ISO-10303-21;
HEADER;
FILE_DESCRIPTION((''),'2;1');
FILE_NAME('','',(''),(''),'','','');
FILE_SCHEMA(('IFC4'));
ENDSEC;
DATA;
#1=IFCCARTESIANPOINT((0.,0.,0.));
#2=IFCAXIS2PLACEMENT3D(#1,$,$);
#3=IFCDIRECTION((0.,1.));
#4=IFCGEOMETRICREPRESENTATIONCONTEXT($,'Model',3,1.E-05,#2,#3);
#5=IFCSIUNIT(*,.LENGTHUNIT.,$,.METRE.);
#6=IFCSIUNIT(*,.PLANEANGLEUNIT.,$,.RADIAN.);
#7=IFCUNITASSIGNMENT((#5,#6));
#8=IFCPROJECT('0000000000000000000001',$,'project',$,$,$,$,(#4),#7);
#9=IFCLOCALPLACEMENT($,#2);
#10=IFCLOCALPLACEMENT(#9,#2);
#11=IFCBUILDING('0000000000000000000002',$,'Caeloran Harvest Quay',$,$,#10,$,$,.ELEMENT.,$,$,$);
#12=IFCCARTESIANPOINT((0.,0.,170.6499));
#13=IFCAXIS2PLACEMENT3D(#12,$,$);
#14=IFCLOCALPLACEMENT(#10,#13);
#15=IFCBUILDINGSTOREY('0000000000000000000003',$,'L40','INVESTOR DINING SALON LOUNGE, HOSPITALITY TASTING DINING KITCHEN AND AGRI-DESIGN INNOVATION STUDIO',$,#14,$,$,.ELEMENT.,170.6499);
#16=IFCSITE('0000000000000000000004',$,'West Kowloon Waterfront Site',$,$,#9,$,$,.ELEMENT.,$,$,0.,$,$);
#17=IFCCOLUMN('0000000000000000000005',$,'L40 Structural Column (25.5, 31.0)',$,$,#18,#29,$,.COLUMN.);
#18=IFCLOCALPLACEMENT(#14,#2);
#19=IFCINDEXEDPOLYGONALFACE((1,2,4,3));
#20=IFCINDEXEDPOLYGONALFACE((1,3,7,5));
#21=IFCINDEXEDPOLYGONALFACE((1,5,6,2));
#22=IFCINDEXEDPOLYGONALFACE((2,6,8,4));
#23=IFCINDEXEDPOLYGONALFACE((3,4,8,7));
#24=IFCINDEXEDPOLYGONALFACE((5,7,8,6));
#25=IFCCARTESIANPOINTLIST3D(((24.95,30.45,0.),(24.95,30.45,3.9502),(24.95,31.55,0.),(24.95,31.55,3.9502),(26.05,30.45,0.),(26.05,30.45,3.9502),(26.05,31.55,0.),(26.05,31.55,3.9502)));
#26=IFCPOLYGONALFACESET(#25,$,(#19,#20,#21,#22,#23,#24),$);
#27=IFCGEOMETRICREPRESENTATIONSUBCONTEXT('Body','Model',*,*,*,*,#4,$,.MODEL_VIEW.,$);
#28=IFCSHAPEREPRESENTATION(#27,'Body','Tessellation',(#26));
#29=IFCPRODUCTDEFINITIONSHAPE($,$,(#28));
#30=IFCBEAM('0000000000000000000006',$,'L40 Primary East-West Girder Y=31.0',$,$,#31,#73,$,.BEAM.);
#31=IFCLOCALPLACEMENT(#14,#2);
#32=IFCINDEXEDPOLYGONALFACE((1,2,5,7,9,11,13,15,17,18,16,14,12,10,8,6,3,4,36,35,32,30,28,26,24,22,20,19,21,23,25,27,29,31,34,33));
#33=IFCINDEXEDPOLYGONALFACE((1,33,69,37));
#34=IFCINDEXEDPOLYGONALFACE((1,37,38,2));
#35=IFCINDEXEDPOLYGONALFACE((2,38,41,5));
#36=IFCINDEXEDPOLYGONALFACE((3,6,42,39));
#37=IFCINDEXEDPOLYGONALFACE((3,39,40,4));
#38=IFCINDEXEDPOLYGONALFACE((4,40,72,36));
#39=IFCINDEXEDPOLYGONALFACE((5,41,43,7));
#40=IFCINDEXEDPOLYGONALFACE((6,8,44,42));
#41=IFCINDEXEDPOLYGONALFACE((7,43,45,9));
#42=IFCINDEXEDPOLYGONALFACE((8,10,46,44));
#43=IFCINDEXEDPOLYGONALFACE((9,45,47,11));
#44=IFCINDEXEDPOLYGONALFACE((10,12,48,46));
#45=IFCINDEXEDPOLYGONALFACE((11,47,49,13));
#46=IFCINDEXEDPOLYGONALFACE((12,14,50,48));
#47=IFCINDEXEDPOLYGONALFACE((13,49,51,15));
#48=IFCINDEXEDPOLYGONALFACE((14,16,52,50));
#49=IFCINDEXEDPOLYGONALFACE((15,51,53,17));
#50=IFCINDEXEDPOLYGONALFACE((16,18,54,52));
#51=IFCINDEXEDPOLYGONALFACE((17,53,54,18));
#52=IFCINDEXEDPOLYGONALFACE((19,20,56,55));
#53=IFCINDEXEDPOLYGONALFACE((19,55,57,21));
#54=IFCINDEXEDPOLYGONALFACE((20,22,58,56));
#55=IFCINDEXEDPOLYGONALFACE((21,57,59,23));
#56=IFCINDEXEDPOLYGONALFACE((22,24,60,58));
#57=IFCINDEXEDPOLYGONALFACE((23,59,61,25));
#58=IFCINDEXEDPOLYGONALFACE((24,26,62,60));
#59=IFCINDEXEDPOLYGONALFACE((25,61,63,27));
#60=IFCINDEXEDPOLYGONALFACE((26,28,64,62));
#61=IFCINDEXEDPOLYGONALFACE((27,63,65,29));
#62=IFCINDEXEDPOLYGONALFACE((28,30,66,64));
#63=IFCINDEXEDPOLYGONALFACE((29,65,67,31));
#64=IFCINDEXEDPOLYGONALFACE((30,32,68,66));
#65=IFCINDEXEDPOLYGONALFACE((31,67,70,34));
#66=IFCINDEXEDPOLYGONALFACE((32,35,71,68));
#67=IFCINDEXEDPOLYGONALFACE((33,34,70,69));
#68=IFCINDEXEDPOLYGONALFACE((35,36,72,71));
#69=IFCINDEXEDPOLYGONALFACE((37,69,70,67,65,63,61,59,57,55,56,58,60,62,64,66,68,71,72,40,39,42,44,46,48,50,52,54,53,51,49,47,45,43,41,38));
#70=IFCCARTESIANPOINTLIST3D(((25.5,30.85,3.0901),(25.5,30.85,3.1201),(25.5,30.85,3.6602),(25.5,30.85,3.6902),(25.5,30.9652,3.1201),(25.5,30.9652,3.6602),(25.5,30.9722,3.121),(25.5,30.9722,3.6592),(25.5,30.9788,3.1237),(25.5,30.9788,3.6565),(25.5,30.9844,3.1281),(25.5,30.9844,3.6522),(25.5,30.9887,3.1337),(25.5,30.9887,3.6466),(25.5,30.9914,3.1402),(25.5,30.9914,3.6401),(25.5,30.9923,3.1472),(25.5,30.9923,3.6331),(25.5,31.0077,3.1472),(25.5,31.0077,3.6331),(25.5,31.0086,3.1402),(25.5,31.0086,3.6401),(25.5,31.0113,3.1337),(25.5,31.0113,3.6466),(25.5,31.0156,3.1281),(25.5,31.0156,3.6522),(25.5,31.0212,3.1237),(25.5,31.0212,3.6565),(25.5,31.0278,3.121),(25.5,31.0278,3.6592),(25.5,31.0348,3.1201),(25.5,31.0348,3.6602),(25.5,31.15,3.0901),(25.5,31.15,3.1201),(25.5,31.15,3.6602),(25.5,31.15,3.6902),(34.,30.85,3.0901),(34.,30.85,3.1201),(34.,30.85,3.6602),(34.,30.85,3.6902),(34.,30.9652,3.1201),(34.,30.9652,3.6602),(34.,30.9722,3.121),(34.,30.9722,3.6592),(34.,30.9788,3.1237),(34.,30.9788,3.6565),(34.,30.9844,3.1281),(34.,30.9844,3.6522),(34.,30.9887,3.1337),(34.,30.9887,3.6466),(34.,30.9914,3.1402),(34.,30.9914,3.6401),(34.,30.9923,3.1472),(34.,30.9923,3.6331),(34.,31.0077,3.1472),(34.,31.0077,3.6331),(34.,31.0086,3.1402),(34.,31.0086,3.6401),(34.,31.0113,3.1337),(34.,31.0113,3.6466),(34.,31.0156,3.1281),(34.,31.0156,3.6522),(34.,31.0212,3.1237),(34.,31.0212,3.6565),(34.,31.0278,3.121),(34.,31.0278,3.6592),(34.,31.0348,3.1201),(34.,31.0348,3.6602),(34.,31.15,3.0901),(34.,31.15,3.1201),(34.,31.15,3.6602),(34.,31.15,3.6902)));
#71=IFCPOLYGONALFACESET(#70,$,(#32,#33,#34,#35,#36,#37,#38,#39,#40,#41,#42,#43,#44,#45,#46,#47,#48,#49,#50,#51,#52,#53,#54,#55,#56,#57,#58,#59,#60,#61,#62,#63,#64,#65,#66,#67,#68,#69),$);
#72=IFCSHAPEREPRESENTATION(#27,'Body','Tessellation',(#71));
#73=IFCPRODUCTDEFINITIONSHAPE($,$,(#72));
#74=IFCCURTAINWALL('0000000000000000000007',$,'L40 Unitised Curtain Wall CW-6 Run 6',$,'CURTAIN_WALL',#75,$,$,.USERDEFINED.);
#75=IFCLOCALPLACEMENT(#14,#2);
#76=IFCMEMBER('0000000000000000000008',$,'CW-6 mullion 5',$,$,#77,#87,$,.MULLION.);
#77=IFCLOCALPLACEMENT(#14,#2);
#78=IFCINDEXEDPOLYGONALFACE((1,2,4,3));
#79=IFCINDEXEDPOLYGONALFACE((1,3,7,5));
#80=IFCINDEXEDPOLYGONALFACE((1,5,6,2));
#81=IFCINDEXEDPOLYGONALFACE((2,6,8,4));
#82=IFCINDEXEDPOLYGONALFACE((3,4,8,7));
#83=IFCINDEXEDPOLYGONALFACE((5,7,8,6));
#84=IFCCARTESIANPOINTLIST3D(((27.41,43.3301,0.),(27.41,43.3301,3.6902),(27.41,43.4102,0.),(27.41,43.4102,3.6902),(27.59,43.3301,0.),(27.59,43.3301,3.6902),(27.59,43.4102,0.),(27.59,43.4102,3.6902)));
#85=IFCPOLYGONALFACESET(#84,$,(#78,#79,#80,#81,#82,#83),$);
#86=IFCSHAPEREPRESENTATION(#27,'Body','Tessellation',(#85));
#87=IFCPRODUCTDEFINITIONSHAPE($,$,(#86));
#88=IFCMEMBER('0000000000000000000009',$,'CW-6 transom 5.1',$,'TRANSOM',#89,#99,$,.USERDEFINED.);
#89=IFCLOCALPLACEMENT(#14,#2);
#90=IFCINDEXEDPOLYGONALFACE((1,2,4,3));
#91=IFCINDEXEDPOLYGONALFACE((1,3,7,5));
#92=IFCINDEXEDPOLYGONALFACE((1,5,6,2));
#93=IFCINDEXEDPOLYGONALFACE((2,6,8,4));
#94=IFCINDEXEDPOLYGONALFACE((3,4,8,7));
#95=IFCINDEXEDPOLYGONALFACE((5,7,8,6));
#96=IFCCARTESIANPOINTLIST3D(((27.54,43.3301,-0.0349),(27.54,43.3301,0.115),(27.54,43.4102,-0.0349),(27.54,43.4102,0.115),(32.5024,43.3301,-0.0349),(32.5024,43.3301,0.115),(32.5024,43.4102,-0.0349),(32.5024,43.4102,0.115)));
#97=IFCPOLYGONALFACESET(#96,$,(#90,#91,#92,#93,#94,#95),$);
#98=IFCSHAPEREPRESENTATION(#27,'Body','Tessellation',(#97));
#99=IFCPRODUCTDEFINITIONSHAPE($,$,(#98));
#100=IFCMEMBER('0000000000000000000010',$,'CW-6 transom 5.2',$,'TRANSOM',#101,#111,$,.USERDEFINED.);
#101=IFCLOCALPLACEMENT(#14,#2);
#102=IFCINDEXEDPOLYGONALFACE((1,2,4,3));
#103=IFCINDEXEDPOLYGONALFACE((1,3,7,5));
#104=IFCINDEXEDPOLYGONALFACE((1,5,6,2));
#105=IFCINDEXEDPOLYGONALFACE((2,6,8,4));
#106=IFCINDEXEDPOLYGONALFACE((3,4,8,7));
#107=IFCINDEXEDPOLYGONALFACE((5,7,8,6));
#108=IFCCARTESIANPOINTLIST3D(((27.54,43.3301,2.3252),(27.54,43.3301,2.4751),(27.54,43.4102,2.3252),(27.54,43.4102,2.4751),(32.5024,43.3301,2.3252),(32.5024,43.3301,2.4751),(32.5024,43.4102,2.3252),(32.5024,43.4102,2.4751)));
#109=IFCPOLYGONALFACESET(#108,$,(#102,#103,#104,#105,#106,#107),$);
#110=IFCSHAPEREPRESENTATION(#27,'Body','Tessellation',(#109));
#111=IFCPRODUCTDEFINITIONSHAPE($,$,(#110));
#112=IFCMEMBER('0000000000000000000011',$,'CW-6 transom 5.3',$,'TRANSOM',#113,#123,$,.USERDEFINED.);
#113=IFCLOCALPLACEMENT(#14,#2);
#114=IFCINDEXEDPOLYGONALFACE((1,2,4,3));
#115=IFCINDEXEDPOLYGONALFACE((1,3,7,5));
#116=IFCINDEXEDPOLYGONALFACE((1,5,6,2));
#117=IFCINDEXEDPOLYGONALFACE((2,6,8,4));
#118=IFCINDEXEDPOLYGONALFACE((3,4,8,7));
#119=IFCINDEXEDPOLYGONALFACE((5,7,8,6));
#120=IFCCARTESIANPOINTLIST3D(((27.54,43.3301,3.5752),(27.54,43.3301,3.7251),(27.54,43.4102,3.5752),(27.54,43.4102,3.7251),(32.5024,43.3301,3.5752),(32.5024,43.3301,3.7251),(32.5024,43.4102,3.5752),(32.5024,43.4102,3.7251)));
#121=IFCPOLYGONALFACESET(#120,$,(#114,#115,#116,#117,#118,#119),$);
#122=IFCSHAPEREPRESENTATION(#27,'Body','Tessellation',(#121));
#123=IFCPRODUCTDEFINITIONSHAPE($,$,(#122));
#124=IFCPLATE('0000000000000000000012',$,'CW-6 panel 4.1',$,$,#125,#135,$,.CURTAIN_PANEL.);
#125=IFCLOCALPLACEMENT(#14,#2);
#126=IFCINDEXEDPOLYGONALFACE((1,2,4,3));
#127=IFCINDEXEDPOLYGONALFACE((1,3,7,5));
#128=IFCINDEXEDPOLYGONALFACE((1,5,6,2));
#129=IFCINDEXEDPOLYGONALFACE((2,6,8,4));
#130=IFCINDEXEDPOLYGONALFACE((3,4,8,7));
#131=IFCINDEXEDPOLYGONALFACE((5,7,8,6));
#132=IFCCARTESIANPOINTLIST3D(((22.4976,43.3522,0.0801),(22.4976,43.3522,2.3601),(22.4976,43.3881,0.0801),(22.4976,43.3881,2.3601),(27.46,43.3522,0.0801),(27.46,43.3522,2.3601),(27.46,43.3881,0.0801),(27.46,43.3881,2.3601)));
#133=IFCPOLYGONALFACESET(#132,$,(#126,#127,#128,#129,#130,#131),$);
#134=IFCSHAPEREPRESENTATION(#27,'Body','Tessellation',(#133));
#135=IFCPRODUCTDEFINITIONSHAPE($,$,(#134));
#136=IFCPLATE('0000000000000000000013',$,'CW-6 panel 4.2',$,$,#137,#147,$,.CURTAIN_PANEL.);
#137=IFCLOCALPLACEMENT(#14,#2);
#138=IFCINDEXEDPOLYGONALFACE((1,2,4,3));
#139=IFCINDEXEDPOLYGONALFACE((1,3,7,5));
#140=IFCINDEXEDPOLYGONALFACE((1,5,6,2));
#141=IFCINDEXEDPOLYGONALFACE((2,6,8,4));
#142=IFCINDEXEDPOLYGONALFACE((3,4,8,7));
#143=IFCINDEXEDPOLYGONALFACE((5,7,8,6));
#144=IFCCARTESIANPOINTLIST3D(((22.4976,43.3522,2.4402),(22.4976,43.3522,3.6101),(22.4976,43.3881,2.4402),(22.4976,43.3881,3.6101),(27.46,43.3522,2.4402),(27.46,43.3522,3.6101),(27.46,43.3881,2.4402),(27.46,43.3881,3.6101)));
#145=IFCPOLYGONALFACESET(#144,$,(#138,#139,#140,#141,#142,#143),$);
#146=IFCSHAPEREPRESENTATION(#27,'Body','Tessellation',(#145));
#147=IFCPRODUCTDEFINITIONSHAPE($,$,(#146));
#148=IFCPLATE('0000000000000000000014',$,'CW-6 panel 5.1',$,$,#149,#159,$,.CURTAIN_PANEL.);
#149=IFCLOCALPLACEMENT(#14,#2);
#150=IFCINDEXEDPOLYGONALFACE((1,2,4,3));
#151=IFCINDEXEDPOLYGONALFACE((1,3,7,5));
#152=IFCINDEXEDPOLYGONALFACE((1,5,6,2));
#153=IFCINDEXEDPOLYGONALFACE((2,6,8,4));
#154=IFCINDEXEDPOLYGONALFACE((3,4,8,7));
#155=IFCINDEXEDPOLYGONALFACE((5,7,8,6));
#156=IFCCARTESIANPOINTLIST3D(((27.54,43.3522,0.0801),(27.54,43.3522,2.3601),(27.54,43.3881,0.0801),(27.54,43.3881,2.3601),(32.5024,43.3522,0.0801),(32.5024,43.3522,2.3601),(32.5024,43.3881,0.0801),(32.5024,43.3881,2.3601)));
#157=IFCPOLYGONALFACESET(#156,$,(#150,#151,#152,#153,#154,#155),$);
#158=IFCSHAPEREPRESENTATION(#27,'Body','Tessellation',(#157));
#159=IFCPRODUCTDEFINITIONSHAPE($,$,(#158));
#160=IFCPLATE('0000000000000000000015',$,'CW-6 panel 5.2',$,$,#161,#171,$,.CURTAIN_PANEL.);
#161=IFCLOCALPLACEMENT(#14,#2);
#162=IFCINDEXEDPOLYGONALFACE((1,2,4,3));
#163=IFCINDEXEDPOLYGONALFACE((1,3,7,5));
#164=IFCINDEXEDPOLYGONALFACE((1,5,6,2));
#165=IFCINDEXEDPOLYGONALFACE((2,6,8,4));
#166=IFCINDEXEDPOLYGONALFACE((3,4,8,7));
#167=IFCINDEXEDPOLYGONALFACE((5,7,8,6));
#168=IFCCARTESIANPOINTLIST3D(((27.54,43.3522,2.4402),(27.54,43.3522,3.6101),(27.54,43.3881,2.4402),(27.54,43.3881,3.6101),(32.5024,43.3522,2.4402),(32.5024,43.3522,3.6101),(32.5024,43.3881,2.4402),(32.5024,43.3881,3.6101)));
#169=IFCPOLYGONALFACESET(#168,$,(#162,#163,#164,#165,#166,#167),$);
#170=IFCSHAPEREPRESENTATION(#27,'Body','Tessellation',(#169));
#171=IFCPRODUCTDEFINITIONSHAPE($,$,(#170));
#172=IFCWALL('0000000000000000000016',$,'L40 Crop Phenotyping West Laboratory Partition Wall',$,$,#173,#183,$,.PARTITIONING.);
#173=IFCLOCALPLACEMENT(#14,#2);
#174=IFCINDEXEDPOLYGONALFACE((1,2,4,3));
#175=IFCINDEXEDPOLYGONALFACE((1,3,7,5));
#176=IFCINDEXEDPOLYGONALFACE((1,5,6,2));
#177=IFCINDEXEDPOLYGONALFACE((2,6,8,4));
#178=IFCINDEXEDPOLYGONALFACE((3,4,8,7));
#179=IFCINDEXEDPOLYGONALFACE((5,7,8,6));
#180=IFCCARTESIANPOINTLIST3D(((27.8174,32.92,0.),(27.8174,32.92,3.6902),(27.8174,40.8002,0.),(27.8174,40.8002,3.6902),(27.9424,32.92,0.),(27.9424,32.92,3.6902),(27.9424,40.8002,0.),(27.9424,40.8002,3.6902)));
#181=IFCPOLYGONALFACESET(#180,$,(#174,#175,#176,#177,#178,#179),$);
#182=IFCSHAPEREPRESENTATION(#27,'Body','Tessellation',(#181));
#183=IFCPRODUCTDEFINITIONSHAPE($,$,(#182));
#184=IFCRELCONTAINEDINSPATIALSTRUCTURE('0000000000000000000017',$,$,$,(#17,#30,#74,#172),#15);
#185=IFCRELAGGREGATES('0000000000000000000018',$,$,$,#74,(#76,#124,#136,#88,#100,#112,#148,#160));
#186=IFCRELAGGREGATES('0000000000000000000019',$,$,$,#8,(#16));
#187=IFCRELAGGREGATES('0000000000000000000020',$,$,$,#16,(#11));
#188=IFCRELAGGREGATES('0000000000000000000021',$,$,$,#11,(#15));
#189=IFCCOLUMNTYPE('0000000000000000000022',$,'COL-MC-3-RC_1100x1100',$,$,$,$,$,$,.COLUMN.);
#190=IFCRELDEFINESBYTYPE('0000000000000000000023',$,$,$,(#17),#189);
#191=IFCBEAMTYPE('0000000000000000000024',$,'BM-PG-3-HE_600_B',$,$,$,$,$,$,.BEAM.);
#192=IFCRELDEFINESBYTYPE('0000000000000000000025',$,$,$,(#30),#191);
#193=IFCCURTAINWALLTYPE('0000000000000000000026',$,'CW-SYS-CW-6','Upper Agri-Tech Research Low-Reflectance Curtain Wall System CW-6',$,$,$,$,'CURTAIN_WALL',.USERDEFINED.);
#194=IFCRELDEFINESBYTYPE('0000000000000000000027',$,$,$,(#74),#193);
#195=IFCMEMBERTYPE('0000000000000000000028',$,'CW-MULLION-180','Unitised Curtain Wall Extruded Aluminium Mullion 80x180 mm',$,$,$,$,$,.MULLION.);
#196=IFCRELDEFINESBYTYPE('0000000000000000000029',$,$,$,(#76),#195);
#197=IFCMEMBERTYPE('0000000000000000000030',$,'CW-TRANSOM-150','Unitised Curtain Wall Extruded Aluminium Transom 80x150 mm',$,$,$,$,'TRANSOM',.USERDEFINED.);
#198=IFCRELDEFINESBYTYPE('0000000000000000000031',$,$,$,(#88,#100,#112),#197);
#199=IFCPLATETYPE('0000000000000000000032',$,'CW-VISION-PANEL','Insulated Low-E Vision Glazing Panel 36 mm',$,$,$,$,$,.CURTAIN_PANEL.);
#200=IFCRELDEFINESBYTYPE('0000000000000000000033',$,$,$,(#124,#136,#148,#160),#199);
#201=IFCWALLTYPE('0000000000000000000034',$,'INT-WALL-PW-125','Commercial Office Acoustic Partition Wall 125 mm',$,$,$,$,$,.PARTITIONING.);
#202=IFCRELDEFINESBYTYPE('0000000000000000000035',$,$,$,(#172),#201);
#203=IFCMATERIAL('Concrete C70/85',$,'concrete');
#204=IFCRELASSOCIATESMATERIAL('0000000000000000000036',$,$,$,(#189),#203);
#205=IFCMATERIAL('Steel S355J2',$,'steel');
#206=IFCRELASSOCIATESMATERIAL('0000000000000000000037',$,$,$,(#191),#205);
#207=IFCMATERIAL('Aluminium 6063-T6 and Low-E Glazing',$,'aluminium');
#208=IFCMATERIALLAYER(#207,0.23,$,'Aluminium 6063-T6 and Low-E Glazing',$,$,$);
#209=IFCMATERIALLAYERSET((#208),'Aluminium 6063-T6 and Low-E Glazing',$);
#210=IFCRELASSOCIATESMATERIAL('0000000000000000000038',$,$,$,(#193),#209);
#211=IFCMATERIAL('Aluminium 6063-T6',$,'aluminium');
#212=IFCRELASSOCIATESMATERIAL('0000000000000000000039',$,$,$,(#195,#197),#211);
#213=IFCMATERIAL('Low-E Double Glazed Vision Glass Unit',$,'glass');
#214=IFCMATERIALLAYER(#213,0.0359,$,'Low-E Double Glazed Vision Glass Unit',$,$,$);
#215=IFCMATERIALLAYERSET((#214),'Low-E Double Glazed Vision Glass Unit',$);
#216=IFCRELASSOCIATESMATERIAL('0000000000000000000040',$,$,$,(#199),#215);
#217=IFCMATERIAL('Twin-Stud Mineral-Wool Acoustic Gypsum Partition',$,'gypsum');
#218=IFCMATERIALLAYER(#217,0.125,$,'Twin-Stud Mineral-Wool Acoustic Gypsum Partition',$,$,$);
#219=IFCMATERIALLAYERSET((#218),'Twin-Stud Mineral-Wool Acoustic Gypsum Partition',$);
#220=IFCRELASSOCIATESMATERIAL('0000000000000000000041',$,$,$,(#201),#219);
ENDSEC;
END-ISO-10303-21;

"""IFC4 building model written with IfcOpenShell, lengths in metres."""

from ifc_helpers import new_model, si_unit, direction, frame, frame_2d, origin, origin_2d, place, context, subcontext, project, spatial, rectangle, i_section, extrude, material, layer, layer_set, material_profile, profile_set, type_object, element, aggregate, save


model = new_model("IFC4")

# Units and contexts
model_context = context("Model", 3, precision=1e-05, world=origin(), true_north=direction((0.0, 1.0)))
body_context = subcontext(model_context, "Body", "Model", "MODEL_VIEW")
ifc_project = project(units=[si_unit("LENGTHUNIT", "METRE"), si_unit("PLANEANGLEUNIT", "RADIAN")], contexts=[model_context])

# Site, building, storey
site_placement = place(None, origin())
site = spatial("IfcSite", under=ifc_project, at=site_placement, Name="West Kowloon Waterfront Site", CompositionType="ELEMENT", RefElevation=0.0)
building_placement = place(site_placement, origin())
building = spatial("IfcBuilding", under=site, at=building_placement, Name="Caeloran Harvest Quay", CompositionType="ELEMENT")
storey_placement = place(building_placement, frame((0.0, 0.0, 170.6499)))
storey = spatial("IfcBuildingStorey", under=building, at=storey_placement, Name="L40", Description="INVESTOR DINING SALON LOUNGE, HOSPITALITY TASTING DINING KITCHEN AND AGRI-DESIGN INNOVATION STUDIO", CompositionType="ELEMENT", Elevation=170.6499)

# Column
ifc_material_1 = material(Name="Concrete C70/85", Category="concrete")
ifc_material_profile_1 = material_profile(ifc_material_1, rectangle(XDim=1.1001, YDim=1.1001, at=origin_2d()), Name="RC 1100x1100")
ifc_profile_set_1 = profile_set([ifc_material_profile_1], Name="Concrete C70/85")
column_type = type_object("IfcColumnType", Name="COL-MC-3-RC_1100x1100", PredefinedType="COLUMN", material=ifc_profile_set_1)
column_placement = place(storey_placement, frame((25.5, 31.0, 0.0), z_axis=(0.0, 0.0, 1.0), x_axis=(1.0, 0.0, 0.0)))
element("IfcColumn", 1, at=column_placement, inside=storey, type_object=column_type, Name="L40 Structural Column (25.5, 31.0)", PredefinedType="COLUMN", context=body_context, shape_type="SweptSolid", body=[
    extrude(rectangle(XDim=1.1001, YDim=1.1001, at=origin_2d()), origin(), (0.0, 0.0, 1.0), 3.9502),
])

# Beam
ifc_material_2 = material(Name="Steel S355J2", Category="steel")
ifc_material_profile_2 = material_profile(ifc_material_2, i_section(OverallWidth=0.3, OverallDepth=0.6001, WebThickness=0.0154, FlangeThickness=0.03, FilletRadius=0.0271, at=origin_2d()), Name="HE 600 B")
ifc_profile_set_2 = profile_set([ifc_material_profile_2], Name="Steel S355J2")
beam_type = type_object("IfcBeamType", Name="BM-PG-3-HE_600_B", PredefinedType="BEAM", material=ifc_profile_set_2)
beam_placement = place(storey_placement, frame((25.5, 31.0, 3.3901), z_axis=(1.0, 0.0, 0.0), x_axis=(0.0, 1.0, 0.0)))
element("IfcBeam", 2, at=beam_placement, inside=storey, type_object=beam_type, Name="L40 Primary East-West Girder Y=31.0", PredefinedType="BEAM", context=body_context, shape_type="SweptSolid", body=[
    extrude(i_section(OverallWidth=0.3, OverallDepth=0.6001, WebThickness=0.0154, FlangeThickness=0.03, FilletRadius=0.0271, at=origin_2d()), origin(), (0.0, 0.0, 1.0), 8.5),
])

# Curtain wall, members, plates
ifc_material_3 = material(Name="Aluminium 6063-T6 and Low-E Glazing", Category="aluminium")
ifc_layer_1 = layer(ifc_material_3, 0.23, Name="Aluminium 6063-T6 and Low-E Glazing")
ifc_layer_set_1 = layer_set([ifc_layer_1], Name="Aluminium 6063-T6 and Low-E Glazing")
curtain_wall_type = type_object("IfcCurtainWallType", Name="CW-SYS-CW-6", Description="Upper Agri-Tech Research Low-Reflectance Curtain Wall System CW-6", ElementType="CURTAIN_WALL", PredefinedType="USERDEFINED", material=ifc_layer_set_1)
curtain_wall_placement = place(storey_placement, origin())
curtain_wall = element("IfcCurtainWall", 3, at=curtain_wall_placement, inside=storey, type_object=curtain_wall_type, Name="L40 Unitised Curtain Wall CW-6 Run 6", ObjectType="CURTAIN_WALL", PredefinedType="USERDEFINED")
ifc_material_4 = material(Name="Aluminium 6063-T6", Category="aluminium")
ifc_material_profile_3 = material_profile(ifc_material_4, rectangle(XDim=0.0801, YDim=0.1799, at=origin_2d()), Name="CW-MULLION-180")
ifc_profile_set_3 = profile_set([ifc_material_profile_3], Name="Aluminium 6063-T6")
member_type_1 = type_object("IfcMemberType", Name="CW-MULLION-180", Description="Unitised Curtain Wall Extruded Aluminium Mullion 80x180 mm", PredefinedType="MULLION", material=ifc_profile_set_3)
member_1_placement = place(storey_placement, frame((27.5, 43.3701, 0.0), z_axis=(0.0, 0.0, 1.0), x_axis=(0.0, 1.0, 0.0)))
member_1 = element("IfcMember", 4, at=member_1_placement, type_object=member_type_1, Name="CW-6 mullion 5", PredefinedType="MULLION", context=body_context, shape_type="SweptSolid", body=[
    extrude(rectangle(XDim=0.0801, YDim=0.1799, at=origin_2d()), origin(), (0.0, 0.0, 1.0), 3.6902),
])
ifc_material_profile_4 = material_profile(ifc_material_4, rectangle(XDim=0.0801, YDim=0.1499, at=origin_2d()), Name="CW-TRANSOM-150")
ifc_profile_set_4 = profile_set([ifc_material_profile_4], Name="Aluminium 6063-T6")
member_type_2 = type_object("IfcMemberType", Name="CW-TRANSOM-150", Description="Unitised Curtain Wall Extruded Aluminium Transom 80x150 mm", ElementType="TRANSOM", PredefinedType="USERDEFINED", material=ifc_profile_set_4)
member_2_placement = place(storey_placement, frame((27.54, 43.3701, 0.04), z_axis=(1.0, 0.0, 0.0), x_axis=(0.0, 1.0, 0.0)))
member_2 = element("IfcMember", 5, at=member_2_placement, type_object=member_type_2, Name="CW-6 transom 5.1", ObjectType="TRANSOM", PredefinedType="USERDEFINED", context=body_context, shape_type="SweptSolid", body=[
    extrude(rectangle(XDim=0.0801, YDim=0.1499, at=origin_2d()), origin(), (0.0, 0.0, 1.0), 4.9624),
])
member_3_placement = place(storey_placement, frame((27.54, 43.3701, 2.4001), z_axis=(1.0, 0.0, 0.0), x_axis=(0.0, 1.0, 0.0)))
member_3 = element("IfcMember", 6, at=member_3_placement, type_object=member_type_2, Name="CW-6 transom 5.2", ObjectType="TRANSOM", PredefinedType="USERDEFINED", context=body_context, shape_type="SweptSolid", body=[
    extrude(rectangle(XDim=0.0801, YDim=0.1499, at=origin_2d()), origin(), (0.0, 0.0, 1.0), 4.9624),
])
member_4_placement = place(storey_placement, frame((27.54, 43.3701, 3.6501), z_axis=(1.0, 0.0, 0.0), x_axis=(0.0, 1.0, 0.0)))
member_4 = element("IfcMember", 7, at=member_4_placement, type_object=member_type_2, Name="CW-6 transom 5.3", ObjectType="TRANSOM", PredefinedType="USERDEFINED", context=body_context, shape_type="SweptSolid", body=[
    extrude(rectangle(XDim=0.0801, YDim=0.1499, at=origin_2d()), origin(), (0.0, 0.0, 1.0), 4.9624),
])
ifc_material_5 = material(Name="Low-E Double Glazed Vision Glass Unit", Category="glass")
ifc_layer_2 = layer(ifc_material_5, 0.0359, Name="Low-E Double Glazed Vision Glass Unit")
ifc_layer_set_2 = layer_set([ifc_layer_2], Name="Low-E Double Glazed Vision Glass Unit")
plate_type = type_object("IfcPlateType", Name="CW-VISION-PANEL", Description="Insulated Low-E Vision Glazing Panel 36 mm", PredefinedType="CURTAIN_PANEL", material=ifc_layer_set_2)
plate_1_placement = place(storey_placement, frame((24.9788, 43.3701, 0.0801), z_axis=(0.0, 0.0, 1.0), x_axis=(1.0, 0.0, 0.0)))
plate_1 = element("IfcPlate", 8, at=plate_1_placement, type_object=plate_type, Name="CW-6 panel 4.1", PredefinedType="CURTAIN_PANEL", context=body_context, shape_type="SweptSolid", body=[
    extrude(rectangle(XDim=4.9624, YDim=0.0359, at=origin_2d()), origin(), (0.0, 0.0, 1.0), 2.28),
])
plate_2_placement = place(storey_placement, frame((24.9788, 43.3701, 2.4402), z_axis=(0.0, 0.0, 1.0), x_axis=(1.0, 0.0, 0.0)))
plate_2 = element("IfcPlate", 9, at=plate_2_placement, type_object=plate_type, Name="CW-6 panel 4.2", PredefinedType="CURTAIN_PANEL", context=body_context, shape_type="SweptSolid", body=[
    extrude(rectangle(XDim=4.9624, YDim=0.0359, at=origin_2d()), origin(), (0.0, 0.0, 1.0), 1.1699),
])
plate_3_placement = place(storey_placement, frame((30.0212, 43.3701, 0.0801), z_axis=(0.0, 0.0, 1.0), x_axis=(1.0, 0.0, 0.0)))
plate_3 = element("IfcPlate", 10, at=plate_3_placement, type_object=plate_type, Name="CW-6 panel 5.1", PredefinedType="CURTAIN_PANEL", context=body_context, shape_type="SweptSolid", body=[
    extrude(rectangle(XDim=4.9624, YDim=0.0359, at=origin_2d()), origin(), (0.0, 0.0, 1.0), 2.28),
])
plate_4_placement = place(storey_placement, frame((30.0212, 43.3701, 2.4402), z_axis=(0.0, 0.0, 1.0), x_axis=(1.0, 0.0, 0.0)))
plate_4 = element("IfcPlate", 11, at=plate_4_placement, type_object=plate_type, Name="CW-6 panel 5.2", PredefinedType="CURTAIN_PANEL", context=body_context, shape_type="SweptSolid", body=[
    extrude(rectangle(XDim=4.9624, YDim=0.0359, at=origin_2d()), origin(), (0.0, 0.0, 1.0), 1.1699),
])
aggregate(curtain_wall, [member_1, plate_1, plate_2, member_2, member_3, member_4, plate_3, plate_4])

# Wall
ifc_material_6 = material(Name="Twin-Stud Mineral-Wool Acoustic Gypsum Partition", Category="gypsum")
ifc_layer_3 = layer(ifc_material_6, 0.125, Name="Twin-Stud Mineral-Wool Acoustic Gypsum Partition")
ifc_layer_set_3 = layer_set([ifc_layer_3], Name="Twin-Stud Mineral-Wool Acoustic Gypsum Partition")
wall_type_1 = type_object("IfcWallType", Name="INT-WALL-PW-125", Description="Commercial Office Acoustic Partition Wall 125 mm", PredefinedType="PARTITIONING", material=ifc_layer_set_3)
wall_1_placement = place(storey_placement, frame((27.8799, 40.8, 0.0), z_axis=(0.0, 0.0, 1.0), x_axis=(0.0, -1.0, 0.0)))
element("IfcWall", 12, at=wall_1_placement, inside=storey, type_object=wall_type_1, Name="L40 Crop Phenotyping West Laboratory Partition Wall", PredefinedType="PARTITIONING", context=body_context, shape_type="SweptSolid", body=[
    extrude(rectangle(XDim=7.8801, YDim=0.125, at=frame_2d((3.9399, 0.0))), origin(), (0.0, 0.0, 1.0), 3.6902),
])

save(model, "model.ifc")
